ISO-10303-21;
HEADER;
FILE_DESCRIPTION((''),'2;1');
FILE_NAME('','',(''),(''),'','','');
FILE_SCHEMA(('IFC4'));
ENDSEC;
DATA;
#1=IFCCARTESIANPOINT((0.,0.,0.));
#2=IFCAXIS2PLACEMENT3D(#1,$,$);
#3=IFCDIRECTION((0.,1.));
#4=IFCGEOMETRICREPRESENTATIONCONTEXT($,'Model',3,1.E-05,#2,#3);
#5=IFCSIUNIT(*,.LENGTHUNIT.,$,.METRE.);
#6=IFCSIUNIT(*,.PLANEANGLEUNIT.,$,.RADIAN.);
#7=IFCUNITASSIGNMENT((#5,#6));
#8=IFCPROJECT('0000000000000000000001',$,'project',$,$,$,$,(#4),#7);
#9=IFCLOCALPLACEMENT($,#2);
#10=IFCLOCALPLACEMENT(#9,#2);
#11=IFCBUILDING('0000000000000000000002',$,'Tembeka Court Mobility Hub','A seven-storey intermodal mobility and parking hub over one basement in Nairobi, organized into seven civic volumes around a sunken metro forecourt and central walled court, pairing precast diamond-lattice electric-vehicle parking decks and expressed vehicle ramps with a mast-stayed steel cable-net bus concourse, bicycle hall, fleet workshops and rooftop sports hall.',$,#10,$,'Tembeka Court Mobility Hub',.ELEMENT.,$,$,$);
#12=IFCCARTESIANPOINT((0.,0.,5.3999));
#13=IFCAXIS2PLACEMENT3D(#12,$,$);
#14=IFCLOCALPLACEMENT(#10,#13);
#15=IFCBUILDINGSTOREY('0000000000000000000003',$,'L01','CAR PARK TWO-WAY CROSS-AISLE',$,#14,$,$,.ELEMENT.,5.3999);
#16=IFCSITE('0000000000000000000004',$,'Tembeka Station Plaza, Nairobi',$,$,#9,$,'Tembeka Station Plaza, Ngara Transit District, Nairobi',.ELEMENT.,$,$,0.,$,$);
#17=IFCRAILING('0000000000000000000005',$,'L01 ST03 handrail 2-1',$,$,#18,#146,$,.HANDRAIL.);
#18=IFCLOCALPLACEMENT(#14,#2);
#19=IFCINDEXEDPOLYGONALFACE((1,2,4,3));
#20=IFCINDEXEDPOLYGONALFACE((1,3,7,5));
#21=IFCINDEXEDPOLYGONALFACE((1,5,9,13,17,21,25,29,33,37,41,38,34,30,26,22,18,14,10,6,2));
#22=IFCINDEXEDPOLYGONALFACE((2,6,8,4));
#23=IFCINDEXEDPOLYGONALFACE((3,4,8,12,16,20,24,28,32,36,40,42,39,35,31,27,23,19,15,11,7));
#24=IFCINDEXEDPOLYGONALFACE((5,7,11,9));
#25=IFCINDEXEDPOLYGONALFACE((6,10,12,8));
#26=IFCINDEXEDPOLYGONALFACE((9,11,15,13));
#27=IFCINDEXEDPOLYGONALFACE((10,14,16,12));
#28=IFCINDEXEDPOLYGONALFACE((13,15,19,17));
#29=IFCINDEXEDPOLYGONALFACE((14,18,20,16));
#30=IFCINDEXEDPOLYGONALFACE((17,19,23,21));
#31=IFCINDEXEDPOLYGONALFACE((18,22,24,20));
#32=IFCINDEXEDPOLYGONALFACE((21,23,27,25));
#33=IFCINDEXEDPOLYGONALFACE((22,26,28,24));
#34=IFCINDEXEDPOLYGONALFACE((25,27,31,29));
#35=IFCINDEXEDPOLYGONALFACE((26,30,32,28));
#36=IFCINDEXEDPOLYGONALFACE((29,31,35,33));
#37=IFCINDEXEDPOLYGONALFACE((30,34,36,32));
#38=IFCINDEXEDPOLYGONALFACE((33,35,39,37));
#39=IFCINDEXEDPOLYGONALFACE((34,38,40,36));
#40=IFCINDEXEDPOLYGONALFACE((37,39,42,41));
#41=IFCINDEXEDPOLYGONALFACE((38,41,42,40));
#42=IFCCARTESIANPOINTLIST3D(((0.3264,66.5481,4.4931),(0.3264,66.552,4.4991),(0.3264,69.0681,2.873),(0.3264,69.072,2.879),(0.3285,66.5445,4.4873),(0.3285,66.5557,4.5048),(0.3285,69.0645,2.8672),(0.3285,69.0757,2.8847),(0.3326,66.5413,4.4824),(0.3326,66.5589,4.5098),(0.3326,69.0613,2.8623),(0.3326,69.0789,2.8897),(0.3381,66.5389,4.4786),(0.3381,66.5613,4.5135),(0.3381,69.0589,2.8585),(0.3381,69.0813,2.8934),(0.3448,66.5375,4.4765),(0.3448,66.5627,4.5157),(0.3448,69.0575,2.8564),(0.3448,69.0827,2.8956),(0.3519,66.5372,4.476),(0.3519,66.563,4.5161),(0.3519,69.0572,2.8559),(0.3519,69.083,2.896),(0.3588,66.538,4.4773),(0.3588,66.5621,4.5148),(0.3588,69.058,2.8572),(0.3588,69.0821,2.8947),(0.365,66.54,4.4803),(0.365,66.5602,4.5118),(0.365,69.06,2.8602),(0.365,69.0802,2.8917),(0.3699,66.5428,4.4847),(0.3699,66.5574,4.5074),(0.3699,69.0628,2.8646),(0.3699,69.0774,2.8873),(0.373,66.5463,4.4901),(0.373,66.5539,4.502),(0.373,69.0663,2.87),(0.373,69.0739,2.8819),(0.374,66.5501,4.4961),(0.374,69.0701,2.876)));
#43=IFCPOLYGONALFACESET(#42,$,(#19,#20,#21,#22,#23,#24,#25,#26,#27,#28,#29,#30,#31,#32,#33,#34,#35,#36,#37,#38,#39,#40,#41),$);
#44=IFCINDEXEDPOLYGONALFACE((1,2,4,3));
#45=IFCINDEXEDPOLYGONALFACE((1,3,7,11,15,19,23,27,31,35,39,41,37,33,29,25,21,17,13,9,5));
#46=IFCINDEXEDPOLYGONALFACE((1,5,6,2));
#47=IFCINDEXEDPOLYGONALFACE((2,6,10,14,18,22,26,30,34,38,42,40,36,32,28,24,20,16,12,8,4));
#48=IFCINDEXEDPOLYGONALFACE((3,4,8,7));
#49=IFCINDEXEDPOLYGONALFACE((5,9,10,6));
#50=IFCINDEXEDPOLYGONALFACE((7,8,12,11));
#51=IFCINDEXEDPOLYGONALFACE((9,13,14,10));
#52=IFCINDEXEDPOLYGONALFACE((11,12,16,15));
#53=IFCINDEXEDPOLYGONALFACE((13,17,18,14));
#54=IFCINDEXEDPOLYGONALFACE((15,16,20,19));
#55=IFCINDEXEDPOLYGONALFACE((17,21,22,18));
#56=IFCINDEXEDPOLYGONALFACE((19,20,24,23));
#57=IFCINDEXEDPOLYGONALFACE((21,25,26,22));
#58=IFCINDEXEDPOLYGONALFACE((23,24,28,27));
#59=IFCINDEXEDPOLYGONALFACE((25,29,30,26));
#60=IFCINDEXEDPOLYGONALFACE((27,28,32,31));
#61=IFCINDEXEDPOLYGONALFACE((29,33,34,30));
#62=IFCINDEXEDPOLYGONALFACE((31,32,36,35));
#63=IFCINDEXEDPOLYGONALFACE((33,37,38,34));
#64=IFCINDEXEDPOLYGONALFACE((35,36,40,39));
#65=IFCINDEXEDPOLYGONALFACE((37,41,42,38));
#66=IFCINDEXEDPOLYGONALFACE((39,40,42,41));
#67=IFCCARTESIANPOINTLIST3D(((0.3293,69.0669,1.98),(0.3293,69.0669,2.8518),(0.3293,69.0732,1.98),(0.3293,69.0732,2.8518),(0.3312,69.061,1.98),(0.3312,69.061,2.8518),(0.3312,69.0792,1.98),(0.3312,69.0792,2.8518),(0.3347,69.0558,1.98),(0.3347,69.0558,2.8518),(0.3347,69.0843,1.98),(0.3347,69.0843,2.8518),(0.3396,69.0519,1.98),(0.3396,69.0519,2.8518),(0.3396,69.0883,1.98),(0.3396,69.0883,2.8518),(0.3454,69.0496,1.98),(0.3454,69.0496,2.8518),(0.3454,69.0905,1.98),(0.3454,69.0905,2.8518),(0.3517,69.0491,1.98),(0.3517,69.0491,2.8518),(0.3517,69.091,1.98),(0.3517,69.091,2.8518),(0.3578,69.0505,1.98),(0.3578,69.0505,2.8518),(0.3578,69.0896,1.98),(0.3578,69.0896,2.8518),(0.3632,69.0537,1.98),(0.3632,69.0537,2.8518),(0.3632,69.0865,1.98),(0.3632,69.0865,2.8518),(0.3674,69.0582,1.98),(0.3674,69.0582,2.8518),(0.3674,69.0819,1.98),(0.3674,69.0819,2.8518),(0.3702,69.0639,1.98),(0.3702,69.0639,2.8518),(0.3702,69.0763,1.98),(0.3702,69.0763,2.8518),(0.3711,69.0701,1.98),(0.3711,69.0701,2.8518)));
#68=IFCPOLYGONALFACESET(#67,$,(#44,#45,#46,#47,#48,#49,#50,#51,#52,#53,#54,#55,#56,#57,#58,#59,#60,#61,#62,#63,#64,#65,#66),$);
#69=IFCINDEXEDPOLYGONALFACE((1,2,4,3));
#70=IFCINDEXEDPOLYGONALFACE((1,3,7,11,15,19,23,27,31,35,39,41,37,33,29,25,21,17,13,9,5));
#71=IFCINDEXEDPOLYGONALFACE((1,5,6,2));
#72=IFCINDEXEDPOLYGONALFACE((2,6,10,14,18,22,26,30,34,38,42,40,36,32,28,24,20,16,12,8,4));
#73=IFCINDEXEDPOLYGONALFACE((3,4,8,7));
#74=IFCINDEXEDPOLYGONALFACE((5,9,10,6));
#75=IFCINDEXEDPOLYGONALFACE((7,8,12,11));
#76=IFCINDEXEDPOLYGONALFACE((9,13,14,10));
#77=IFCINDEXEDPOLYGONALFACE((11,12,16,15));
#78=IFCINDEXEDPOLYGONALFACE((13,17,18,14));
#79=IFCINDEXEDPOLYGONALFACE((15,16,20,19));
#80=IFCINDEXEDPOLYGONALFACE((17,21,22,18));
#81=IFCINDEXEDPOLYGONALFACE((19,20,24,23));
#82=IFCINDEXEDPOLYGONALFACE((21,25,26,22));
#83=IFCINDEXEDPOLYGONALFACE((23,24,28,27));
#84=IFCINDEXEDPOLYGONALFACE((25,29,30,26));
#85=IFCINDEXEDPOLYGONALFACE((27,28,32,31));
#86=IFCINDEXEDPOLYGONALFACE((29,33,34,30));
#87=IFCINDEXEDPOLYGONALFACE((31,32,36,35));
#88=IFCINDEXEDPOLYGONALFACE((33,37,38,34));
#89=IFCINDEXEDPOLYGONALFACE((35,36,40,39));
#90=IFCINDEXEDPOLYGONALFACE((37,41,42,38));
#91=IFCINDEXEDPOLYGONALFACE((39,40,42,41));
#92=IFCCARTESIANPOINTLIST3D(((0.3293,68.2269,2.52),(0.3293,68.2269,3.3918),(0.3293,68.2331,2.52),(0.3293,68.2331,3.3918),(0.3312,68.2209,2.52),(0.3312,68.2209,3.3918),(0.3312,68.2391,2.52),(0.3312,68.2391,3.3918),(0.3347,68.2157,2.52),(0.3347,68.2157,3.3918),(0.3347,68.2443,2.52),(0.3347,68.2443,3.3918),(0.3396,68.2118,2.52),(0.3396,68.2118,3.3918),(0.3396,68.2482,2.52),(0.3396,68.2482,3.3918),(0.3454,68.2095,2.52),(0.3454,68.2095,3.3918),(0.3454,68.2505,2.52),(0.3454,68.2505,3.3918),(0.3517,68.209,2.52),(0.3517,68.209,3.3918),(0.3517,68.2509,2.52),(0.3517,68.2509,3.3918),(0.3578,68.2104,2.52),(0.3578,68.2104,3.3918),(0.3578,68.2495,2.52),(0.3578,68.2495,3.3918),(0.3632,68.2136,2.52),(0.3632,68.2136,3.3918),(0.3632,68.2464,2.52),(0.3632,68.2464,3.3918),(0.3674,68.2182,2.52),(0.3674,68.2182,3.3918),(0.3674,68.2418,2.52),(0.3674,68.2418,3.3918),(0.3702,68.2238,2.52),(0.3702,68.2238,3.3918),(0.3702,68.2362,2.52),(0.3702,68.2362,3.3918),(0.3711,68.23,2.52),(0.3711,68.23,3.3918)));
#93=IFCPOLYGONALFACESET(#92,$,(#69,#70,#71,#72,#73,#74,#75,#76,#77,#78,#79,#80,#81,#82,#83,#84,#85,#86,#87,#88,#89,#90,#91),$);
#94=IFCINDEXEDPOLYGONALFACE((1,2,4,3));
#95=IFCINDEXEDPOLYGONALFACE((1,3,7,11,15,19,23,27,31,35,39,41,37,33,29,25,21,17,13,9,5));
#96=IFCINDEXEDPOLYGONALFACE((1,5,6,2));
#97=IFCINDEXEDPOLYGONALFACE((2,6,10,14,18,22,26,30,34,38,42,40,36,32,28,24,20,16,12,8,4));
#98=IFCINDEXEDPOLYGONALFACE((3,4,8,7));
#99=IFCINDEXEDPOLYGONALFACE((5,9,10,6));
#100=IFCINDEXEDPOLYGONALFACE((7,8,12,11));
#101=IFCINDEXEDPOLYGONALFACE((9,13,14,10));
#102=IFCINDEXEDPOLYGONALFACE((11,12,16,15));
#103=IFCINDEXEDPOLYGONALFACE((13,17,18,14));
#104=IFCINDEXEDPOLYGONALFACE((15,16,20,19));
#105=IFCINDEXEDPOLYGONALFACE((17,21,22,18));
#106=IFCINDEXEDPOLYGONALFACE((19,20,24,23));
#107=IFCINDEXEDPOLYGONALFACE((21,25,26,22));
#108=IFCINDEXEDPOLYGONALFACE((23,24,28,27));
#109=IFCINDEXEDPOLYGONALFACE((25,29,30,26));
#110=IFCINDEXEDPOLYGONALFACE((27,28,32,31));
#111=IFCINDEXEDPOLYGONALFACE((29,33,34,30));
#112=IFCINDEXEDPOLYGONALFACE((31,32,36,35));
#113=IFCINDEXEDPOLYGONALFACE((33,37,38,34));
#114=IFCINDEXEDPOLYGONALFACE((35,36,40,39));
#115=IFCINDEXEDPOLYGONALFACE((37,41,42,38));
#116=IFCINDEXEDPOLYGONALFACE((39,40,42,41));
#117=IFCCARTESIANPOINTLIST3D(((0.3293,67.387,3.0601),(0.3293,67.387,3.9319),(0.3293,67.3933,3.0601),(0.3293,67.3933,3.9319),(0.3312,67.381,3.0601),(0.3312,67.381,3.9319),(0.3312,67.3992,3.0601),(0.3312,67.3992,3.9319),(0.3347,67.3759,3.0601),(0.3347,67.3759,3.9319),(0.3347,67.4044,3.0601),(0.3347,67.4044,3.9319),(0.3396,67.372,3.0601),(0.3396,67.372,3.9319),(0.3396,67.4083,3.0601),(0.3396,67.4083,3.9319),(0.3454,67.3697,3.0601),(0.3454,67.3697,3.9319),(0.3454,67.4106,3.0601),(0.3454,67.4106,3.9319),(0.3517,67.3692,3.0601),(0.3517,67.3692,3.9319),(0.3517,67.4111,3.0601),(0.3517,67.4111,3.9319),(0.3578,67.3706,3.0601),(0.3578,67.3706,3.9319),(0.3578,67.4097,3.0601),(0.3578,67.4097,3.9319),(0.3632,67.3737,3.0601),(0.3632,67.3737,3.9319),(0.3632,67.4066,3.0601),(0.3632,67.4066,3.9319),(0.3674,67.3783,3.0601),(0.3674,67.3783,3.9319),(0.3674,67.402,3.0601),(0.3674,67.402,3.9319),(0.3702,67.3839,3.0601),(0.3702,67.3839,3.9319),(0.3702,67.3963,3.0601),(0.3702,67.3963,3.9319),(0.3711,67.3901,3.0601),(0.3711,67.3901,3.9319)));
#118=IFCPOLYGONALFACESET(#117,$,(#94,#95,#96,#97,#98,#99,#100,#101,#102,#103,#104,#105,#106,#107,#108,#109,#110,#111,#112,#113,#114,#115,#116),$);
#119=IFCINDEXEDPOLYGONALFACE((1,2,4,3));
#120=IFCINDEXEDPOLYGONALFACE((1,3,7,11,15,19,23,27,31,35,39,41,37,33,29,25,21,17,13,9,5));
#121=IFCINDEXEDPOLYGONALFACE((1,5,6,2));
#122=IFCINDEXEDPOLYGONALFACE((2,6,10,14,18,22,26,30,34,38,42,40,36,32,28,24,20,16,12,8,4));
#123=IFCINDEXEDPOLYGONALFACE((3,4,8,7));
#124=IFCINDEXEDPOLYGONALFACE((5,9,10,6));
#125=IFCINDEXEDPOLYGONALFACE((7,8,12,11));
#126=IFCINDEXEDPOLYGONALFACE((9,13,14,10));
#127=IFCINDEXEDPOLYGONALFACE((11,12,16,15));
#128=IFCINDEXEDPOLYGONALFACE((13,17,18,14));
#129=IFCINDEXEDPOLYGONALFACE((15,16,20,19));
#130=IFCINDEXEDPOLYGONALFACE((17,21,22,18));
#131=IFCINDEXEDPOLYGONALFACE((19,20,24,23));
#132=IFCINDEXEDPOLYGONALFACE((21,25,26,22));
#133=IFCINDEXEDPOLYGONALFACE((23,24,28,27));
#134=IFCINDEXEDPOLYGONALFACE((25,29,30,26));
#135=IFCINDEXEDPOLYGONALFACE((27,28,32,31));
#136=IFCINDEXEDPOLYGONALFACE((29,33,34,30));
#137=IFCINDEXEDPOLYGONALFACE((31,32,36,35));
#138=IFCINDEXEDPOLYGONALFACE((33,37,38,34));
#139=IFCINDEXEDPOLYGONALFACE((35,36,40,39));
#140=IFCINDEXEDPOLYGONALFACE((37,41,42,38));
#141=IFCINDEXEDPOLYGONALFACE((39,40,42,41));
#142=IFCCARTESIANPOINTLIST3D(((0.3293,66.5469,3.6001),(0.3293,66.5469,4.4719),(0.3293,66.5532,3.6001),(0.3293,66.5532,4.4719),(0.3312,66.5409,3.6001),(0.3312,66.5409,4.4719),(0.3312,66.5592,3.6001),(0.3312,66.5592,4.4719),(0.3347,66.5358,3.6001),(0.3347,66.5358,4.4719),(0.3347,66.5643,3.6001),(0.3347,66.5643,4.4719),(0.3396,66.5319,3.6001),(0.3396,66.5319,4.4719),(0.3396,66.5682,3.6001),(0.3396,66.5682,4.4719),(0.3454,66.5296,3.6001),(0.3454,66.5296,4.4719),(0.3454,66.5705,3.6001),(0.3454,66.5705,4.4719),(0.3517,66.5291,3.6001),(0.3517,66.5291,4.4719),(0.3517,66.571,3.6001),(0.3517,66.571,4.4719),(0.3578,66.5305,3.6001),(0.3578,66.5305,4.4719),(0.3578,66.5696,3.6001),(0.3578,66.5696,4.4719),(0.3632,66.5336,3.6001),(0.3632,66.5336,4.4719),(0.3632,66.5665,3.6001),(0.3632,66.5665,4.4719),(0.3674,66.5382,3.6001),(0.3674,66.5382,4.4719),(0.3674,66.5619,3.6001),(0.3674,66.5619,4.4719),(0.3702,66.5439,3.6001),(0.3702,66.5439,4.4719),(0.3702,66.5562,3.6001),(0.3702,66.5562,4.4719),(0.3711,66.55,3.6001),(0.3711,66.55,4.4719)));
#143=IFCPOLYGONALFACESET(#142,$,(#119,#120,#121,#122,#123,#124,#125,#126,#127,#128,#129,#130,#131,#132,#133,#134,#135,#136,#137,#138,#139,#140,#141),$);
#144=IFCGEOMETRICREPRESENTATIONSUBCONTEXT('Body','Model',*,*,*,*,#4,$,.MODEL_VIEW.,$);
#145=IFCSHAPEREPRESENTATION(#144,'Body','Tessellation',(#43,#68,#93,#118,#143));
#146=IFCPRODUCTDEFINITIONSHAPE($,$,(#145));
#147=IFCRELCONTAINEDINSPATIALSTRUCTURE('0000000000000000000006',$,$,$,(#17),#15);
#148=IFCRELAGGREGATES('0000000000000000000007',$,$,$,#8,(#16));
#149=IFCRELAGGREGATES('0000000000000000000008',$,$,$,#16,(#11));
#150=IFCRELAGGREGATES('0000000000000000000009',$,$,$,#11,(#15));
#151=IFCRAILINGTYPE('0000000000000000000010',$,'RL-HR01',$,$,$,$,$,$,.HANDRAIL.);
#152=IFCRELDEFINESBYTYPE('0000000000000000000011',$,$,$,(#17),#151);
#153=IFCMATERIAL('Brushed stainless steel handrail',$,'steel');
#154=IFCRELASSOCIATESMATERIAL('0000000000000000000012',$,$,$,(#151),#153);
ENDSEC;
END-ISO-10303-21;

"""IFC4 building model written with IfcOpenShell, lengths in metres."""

from ifc_helpers import new_model, si_unit, direction, frame, origin, origin_2d, place, context, subcontext, project, spatial, circle, extrude, material, type_object, element, save


model = new_model("IFC4")

# Units and contexts
model_context = context("Model", 3, precision=1e-05, world=origin(), true_north=direction((0.0, 1.0)))
body_context = subcontext(model_context, "Body", "Model", "MODEL_VIEW")
ifc_project = project(units=[si_unit("LENGTHUNIT", "METRE"), si_unit("PLANEANGLEUNIT", "RADIAN")], contexts=[model_context])

# Site, building, storey
site_placement = place(None, origin())
site = spatial("IfcSite", under=ifc_project, at=site_placement, Name="Tembeka Station Plaza, Nairobi", LongName="Tembeka Station Plaza, Ngara Transit District, Nairobi", CompositionType="ELEMENT", RefElevation=0.0)
building_placement = place(site_placement, origin())
building = spatial("IfcBuilding", under=site, at=building_placement, Name="Tembeka Court Mobility Hub", Description="A seven-storey intermodal mobility and parking hub over one basement in Nairobi, organized into seven civic volumes around a sunken metro forecourt and central walled court, pairing precast diamond-lattice electric-vehicle parking decks and expressed vehicle ramps with a mast-stayed steel cable-net bus concourse, bicycle hall, fleet workshops and rooftop sports hall.", LongName="Tembeka Court Mobility Hub", CompositionType="ELEMENT")
storey_placement = place(building_placement, frame((0.0, 0.0, 5.3999)))
storey = spatial("IfcBuildingStorey", under=building, at=storey_placement, Name="L01", Description="CAR PARK TWO-WAY CROSS-AISLE", CompositionType="ELEMENT", Elevation=5.3999)

# Railing
ifc_material_1 = material(Name="Brushed stainless steel handrail", Category="steel")
railing_type_1 = type_object("IfcRailingType", Name="RL-HR01", PredefinedType="HANDRAIL", material=ifc_material_1)
railing_1_placement = place(storey_placement, frame((0.3501, 69.0701, 1.98)))
element("IfcRailing", 1, at=railing_1_placement, inside=storey, type_object=railing_type_1, Name="L01 ST03 handrail 2-1", PredefinedType="HANDRAIL", context=body_context, shape_type="SweptSolid", body=[
    extrude(circle(Radius=0.0239, at=origin_2d()), frame((0.0, 0.0, 0.896), z_axis=(0.0, -0.841163, 0.540782), x_axis=(1.0, 0.0, 0.0)), (0.0, 0.0, 1.0), 2.9958),
    extrude(circle(Radius=0.021, at=origin_2d()), origin(), (0.0, 0.0, 1.0), 0.8718),
    extrude(circle(Radius=0.021, at=origin_2d()), frame((0.0, -0.8401, 0.54)), (0.0, 0.0, 1.0), 0.8718),
    extrude(circle(Radius=0.021, at=origin_2d()), frame((0.0, -1.6799, 1.0801)), (0.0, 0.0, 1.0), 0.8718),
    extrude(circle(Radius=0.021, at=origin_2d()), frame((0.0, -2.52, 1.6201)), (0.0, 0.0, 1.0), 0.8718),
])

save(model, "model.ifc")
